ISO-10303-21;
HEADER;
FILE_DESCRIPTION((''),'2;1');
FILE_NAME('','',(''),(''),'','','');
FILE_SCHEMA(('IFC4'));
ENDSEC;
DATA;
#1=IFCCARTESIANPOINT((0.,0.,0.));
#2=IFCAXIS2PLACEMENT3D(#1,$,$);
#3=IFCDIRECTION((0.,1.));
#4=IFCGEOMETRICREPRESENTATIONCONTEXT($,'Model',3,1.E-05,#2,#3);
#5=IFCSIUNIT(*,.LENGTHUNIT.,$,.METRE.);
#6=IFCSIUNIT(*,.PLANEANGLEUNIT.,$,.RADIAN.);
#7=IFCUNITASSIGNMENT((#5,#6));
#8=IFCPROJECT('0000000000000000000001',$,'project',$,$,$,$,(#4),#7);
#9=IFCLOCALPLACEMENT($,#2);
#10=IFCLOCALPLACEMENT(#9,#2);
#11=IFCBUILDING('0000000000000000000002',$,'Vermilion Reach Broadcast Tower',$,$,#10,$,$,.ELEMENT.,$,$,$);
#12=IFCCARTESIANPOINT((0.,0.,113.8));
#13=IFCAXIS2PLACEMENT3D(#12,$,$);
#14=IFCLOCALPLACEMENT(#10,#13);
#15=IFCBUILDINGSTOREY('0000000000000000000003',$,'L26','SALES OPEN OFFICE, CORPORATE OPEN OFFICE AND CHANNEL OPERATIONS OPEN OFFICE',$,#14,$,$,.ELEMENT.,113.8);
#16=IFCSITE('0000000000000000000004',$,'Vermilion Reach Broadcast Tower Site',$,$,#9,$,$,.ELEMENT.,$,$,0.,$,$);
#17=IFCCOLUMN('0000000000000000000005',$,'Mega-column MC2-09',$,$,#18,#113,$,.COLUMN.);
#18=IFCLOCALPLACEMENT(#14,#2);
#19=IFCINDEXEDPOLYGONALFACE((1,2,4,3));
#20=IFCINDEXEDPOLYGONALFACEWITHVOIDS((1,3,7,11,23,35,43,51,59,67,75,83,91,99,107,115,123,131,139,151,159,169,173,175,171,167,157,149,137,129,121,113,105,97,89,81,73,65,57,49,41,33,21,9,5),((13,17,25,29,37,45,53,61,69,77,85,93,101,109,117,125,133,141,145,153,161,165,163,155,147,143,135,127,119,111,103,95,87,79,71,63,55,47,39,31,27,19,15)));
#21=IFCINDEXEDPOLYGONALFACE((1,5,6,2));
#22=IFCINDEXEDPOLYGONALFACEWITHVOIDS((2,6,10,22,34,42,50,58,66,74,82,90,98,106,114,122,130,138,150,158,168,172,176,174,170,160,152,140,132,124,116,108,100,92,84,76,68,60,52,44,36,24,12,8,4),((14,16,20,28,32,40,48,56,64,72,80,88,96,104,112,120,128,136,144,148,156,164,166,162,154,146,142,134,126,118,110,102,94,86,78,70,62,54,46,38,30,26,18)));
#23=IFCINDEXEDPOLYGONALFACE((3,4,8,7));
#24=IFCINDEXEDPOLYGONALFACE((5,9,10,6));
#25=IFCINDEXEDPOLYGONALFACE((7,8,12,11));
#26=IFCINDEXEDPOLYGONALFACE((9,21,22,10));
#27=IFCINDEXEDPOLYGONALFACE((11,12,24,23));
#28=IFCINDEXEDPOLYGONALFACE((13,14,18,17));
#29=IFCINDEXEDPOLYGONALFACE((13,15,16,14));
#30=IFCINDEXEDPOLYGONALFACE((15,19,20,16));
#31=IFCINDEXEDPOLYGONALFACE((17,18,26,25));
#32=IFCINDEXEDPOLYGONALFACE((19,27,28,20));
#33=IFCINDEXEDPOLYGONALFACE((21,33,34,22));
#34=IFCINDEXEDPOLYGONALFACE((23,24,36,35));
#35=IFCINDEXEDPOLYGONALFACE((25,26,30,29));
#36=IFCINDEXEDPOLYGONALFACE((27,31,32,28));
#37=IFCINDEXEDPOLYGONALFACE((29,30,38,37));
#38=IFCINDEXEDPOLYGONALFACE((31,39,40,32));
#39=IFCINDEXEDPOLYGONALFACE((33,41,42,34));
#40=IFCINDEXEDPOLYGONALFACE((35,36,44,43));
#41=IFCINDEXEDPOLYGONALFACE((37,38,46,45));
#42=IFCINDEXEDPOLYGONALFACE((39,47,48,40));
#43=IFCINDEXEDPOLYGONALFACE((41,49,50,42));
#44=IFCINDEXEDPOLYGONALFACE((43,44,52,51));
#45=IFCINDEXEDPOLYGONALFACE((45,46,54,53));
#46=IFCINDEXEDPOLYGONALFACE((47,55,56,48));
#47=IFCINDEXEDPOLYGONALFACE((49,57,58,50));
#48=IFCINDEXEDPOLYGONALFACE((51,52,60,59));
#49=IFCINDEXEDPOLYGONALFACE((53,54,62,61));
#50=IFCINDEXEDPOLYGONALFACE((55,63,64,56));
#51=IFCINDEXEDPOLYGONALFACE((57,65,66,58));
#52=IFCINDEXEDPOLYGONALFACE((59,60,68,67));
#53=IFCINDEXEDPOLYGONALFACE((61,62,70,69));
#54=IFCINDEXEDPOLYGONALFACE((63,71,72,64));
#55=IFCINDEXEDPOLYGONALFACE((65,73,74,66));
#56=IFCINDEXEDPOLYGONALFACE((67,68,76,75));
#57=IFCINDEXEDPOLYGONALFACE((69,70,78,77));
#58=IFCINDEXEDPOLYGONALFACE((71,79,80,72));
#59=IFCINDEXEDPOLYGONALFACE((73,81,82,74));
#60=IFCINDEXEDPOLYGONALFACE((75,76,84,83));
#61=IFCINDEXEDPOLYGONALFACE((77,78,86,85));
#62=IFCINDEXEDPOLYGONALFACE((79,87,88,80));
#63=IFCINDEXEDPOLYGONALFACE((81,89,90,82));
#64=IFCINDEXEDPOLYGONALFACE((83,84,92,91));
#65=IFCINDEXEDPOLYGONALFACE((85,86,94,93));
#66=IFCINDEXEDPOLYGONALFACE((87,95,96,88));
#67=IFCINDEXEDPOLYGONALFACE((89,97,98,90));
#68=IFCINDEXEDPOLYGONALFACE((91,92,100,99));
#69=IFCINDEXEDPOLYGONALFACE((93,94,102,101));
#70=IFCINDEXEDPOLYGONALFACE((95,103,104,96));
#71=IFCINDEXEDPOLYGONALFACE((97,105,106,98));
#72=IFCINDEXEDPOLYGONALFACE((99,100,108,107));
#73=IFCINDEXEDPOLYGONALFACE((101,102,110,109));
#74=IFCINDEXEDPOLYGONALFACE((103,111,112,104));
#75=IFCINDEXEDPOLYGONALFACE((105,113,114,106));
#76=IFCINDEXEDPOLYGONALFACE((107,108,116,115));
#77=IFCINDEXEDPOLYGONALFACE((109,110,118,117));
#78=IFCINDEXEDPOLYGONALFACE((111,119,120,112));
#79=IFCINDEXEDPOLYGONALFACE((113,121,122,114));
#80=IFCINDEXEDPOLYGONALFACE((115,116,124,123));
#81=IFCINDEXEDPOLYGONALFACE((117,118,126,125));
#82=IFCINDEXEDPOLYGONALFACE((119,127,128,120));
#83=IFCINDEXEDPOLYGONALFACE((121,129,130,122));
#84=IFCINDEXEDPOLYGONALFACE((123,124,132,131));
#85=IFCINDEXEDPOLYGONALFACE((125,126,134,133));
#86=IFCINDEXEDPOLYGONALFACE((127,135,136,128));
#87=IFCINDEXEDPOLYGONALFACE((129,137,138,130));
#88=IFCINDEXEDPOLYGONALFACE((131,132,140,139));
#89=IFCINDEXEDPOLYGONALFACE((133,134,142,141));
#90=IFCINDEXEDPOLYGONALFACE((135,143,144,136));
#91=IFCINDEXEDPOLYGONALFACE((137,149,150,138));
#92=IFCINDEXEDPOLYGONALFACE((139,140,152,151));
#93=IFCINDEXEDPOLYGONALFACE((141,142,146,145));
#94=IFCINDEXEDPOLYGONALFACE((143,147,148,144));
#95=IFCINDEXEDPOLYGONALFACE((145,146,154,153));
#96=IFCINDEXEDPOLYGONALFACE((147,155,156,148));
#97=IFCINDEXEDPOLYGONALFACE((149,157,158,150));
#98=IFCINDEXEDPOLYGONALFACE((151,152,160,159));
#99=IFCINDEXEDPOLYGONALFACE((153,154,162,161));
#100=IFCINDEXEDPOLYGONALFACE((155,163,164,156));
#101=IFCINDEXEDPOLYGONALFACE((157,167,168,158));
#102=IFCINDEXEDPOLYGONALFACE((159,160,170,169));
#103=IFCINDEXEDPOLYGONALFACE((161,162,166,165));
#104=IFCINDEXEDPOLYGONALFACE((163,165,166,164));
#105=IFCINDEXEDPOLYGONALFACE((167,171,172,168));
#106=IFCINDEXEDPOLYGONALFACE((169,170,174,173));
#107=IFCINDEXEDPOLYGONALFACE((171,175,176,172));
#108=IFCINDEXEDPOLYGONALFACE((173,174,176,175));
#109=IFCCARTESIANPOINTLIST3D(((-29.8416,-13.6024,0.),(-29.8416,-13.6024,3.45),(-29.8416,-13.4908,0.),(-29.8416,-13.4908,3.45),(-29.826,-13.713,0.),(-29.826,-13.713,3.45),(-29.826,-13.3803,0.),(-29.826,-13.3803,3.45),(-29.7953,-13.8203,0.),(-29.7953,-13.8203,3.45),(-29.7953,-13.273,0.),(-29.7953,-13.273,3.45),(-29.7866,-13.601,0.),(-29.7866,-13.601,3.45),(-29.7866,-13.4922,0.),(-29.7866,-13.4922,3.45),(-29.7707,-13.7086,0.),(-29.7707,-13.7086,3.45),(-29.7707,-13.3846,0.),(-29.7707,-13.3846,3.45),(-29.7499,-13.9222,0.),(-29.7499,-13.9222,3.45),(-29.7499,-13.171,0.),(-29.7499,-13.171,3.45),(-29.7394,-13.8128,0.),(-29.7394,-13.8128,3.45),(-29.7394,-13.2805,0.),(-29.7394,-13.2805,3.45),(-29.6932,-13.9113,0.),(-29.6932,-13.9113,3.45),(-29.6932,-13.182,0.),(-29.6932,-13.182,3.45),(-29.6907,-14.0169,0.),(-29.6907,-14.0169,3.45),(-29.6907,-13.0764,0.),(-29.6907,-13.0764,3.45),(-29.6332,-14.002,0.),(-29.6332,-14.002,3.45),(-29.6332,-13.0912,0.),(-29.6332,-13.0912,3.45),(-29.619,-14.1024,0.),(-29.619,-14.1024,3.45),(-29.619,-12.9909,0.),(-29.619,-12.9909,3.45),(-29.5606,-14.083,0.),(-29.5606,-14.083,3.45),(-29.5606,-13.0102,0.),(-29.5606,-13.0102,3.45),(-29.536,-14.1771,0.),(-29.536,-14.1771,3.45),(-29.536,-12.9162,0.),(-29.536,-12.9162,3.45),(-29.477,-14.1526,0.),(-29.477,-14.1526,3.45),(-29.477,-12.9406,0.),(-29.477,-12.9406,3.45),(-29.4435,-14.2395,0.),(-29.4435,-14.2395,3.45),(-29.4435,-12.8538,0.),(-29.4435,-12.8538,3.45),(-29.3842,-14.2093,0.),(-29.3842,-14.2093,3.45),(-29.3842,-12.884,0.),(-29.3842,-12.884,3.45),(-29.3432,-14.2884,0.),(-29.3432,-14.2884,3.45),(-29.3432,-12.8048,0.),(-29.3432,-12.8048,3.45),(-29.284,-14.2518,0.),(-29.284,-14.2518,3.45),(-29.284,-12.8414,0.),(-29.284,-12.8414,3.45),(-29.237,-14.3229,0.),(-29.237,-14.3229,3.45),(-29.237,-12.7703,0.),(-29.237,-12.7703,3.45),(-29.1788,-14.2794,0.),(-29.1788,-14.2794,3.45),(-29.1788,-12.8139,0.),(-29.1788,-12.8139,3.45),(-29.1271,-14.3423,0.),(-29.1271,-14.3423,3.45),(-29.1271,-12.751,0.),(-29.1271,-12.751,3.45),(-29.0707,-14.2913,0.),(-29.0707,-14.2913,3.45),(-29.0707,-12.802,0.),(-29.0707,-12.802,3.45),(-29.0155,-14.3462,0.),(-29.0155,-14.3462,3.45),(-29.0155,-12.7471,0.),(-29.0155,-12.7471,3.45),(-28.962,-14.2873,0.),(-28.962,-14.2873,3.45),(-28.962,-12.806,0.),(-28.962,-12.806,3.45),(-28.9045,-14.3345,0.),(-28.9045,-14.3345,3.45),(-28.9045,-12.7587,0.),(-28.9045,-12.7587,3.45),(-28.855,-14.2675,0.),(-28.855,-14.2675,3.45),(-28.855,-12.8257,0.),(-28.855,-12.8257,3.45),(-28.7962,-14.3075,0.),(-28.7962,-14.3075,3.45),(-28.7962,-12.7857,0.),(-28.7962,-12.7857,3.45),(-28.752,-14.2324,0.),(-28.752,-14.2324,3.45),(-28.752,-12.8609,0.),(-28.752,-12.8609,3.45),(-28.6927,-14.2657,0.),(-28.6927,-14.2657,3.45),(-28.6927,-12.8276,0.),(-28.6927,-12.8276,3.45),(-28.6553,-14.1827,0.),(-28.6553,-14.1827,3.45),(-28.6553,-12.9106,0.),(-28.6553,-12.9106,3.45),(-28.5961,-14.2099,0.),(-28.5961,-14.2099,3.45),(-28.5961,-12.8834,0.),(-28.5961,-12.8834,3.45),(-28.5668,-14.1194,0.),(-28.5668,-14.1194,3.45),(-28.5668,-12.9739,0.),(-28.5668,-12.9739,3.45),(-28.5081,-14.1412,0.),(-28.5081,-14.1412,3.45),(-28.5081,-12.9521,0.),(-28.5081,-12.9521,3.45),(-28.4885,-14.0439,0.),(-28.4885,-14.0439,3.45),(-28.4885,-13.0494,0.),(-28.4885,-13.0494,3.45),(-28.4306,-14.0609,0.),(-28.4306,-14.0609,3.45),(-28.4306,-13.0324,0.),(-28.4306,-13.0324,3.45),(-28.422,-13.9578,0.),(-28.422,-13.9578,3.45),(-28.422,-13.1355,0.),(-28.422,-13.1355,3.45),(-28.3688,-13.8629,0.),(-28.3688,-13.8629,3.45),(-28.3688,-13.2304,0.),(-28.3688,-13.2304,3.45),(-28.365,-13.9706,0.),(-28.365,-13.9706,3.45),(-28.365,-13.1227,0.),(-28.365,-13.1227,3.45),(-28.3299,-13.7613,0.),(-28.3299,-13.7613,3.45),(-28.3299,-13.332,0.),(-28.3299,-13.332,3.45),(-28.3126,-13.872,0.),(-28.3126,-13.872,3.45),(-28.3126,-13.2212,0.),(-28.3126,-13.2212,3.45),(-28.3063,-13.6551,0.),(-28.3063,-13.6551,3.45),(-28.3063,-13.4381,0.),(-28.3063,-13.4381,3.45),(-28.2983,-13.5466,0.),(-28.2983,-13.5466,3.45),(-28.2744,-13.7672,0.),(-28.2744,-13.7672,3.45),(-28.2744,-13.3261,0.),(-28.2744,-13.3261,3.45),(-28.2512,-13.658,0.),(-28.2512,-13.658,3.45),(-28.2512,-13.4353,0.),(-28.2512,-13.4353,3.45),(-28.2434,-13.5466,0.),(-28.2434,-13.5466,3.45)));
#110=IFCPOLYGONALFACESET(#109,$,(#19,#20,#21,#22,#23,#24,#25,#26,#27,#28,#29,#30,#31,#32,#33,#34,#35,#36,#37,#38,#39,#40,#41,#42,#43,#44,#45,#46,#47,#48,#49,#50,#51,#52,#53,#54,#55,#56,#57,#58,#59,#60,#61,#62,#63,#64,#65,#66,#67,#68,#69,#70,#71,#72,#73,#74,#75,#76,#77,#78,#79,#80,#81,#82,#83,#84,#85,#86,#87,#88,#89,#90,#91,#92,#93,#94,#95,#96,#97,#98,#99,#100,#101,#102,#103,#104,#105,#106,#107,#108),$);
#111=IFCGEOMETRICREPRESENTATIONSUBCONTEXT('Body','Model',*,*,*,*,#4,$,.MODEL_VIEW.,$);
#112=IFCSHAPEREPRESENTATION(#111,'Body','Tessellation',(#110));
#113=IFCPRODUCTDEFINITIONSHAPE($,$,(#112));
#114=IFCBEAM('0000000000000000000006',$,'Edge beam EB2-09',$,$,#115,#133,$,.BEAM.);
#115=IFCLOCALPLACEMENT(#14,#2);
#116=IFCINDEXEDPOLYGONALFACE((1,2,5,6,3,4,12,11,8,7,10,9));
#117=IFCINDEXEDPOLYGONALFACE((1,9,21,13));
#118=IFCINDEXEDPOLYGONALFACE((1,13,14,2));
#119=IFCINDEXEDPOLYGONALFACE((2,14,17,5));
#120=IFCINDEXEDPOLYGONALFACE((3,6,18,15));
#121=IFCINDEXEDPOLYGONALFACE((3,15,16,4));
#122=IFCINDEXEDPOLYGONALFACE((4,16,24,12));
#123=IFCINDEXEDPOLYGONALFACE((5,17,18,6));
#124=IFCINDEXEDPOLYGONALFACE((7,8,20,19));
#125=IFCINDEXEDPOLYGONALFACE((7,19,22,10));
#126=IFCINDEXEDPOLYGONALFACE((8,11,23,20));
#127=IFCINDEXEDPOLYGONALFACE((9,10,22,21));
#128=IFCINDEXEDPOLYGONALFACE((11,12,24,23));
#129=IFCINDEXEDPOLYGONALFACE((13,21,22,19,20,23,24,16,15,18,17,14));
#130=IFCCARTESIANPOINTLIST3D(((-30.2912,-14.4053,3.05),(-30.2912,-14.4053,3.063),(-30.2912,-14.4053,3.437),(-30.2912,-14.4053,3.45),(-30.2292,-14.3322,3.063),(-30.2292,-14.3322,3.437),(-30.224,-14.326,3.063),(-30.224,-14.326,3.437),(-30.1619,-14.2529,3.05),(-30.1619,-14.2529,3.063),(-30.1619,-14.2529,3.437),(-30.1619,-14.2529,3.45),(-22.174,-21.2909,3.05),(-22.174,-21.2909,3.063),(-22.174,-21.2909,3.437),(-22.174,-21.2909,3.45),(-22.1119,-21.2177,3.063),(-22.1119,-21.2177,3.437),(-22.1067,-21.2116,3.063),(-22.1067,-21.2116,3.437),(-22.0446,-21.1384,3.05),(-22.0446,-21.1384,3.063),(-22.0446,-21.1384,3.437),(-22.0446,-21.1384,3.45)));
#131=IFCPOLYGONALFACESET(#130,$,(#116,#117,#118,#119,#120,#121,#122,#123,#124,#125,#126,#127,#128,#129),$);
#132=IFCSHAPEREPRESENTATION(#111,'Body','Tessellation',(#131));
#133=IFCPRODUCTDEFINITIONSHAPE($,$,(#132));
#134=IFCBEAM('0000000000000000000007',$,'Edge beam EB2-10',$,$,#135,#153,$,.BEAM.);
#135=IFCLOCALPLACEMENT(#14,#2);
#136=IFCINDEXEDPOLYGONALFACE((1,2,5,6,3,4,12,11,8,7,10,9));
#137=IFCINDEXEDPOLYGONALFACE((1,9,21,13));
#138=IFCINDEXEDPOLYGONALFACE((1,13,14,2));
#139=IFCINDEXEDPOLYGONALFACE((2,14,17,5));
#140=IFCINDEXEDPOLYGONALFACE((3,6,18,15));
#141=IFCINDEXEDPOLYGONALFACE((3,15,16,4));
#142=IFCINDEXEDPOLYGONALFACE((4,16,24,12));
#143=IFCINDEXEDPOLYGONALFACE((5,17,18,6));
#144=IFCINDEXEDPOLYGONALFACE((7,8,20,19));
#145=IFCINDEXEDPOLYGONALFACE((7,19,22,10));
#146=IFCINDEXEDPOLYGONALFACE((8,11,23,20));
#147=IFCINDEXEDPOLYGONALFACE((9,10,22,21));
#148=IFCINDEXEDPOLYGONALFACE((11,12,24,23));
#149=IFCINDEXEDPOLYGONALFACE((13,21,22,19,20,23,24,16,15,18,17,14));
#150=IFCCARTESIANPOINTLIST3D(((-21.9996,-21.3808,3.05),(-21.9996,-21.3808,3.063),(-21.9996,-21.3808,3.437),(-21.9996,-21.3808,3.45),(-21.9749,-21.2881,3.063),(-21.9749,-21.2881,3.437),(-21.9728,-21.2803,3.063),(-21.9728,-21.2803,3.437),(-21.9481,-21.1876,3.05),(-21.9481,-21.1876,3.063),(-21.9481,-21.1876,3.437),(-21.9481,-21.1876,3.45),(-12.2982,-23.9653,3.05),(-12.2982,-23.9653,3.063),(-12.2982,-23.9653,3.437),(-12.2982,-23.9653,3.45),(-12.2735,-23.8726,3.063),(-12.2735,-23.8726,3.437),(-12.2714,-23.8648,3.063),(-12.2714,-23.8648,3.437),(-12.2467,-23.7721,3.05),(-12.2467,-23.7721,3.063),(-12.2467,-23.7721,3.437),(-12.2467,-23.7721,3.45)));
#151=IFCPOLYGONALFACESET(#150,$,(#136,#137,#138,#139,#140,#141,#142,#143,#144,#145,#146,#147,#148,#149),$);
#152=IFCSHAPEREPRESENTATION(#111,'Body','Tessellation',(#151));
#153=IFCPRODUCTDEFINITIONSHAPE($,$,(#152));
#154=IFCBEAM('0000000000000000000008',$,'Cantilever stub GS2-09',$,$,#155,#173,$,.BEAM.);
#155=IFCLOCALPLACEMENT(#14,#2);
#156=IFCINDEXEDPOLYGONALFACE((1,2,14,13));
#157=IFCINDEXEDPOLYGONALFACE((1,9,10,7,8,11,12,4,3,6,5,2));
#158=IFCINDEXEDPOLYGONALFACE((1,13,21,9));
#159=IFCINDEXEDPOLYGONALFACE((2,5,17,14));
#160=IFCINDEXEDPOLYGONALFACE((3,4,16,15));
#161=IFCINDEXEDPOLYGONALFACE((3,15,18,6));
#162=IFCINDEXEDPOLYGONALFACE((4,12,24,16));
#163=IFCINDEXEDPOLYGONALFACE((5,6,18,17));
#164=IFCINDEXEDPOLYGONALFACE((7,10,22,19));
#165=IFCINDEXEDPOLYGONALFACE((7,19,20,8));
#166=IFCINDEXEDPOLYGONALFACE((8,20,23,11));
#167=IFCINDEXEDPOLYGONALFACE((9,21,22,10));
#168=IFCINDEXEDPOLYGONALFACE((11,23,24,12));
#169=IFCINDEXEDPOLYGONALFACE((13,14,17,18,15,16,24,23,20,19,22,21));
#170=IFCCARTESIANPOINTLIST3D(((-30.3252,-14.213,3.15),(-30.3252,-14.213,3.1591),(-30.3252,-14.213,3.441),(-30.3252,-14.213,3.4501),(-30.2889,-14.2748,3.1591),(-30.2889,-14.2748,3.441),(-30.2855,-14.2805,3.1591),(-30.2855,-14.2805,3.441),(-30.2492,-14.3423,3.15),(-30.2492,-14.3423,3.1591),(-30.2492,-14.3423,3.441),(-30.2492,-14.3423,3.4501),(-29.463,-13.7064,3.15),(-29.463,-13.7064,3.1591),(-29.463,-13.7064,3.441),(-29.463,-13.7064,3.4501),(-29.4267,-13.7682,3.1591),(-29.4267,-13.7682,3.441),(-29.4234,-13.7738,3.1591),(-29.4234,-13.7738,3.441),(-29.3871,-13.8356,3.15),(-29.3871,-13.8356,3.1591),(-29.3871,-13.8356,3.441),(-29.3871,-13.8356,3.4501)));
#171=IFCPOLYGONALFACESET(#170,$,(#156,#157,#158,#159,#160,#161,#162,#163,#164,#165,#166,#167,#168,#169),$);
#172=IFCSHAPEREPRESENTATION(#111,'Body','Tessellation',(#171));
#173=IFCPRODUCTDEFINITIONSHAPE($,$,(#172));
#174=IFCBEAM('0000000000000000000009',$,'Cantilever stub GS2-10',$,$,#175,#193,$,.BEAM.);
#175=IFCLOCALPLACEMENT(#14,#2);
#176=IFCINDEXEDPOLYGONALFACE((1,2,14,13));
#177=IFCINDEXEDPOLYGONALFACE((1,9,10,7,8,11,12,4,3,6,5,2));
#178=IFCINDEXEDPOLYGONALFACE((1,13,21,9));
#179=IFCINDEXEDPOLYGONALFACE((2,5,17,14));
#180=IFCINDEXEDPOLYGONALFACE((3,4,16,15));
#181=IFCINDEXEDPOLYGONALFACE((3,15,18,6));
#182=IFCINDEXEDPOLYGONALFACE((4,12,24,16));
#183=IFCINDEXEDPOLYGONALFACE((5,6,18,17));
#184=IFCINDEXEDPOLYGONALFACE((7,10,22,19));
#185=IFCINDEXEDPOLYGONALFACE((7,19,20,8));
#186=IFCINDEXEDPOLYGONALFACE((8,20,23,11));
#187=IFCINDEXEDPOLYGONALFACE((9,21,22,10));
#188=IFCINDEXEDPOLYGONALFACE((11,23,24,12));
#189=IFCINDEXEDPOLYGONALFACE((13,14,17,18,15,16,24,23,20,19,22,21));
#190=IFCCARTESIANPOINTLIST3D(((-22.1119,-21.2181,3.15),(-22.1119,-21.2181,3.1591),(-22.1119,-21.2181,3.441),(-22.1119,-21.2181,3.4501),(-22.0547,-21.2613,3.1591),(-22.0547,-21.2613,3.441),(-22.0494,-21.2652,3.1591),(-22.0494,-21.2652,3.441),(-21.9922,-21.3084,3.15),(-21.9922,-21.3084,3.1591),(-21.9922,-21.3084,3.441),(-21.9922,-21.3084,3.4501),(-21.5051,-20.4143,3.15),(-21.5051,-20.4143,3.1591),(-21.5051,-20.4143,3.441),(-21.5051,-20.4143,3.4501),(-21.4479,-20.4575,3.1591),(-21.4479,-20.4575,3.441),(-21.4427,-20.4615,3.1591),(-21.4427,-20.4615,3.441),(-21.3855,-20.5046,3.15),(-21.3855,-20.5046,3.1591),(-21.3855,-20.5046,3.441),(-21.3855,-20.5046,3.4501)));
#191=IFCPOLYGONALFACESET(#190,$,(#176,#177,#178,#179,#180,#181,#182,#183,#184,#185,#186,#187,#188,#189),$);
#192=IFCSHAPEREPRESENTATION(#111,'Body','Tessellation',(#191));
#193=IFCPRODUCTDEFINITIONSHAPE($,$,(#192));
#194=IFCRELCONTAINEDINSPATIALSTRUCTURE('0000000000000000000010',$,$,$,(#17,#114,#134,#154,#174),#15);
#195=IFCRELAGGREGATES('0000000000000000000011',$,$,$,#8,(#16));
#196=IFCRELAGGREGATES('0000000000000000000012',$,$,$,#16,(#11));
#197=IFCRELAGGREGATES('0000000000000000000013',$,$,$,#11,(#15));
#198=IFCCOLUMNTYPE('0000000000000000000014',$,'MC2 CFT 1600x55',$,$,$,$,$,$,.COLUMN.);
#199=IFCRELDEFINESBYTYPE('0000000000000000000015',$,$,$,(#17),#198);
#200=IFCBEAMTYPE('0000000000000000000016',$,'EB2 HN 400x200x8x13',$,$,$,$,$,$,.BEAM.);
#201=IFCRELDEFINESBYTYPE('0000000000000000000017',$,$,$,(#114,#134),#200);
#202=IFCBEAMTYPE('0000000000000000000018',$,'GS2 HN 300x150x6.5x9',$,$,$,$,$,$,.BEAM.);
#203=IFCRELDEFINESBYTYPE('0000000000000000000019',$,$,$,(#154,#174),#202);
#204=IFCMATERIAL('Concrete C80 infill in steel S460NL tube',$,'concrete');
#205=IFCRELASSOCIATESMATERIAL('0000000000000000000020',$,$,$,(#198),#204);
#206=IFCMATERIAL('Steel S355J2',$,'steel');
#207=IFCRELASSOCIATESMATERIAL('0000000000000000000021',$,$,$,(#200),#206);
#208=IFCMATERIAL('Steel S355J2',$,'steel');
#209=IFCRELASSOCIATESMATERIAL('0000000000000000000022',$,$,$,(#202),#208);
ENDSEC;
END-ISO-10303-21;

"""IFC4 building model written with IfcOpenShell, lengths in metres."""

from ifc_helpers import new_model, si_unit, direction, frame, origin, origin_2d, place, context, subcontext, project, spatial, hollow_circle, i_section, extrude, material, material_profile, profile_set, type_object, element, save


model = new_model("IFC4")

# Units and contexts
model_context = context("Model", 3, precision=1e-05, world=origin(), true_north=direction((0.0, 1.0)))
body_context = subcontext(model_context, "Body", "Model", "MODEL_VIEW")
ifc_project = project(units=[si_unit("LENGTHUNIT", "METRE"), si_unit("PLANEANGLEUNIT", "RADIAN")], contexts=[model_context])

# Site, building, storey
site_placement = place(None, origin())
site = spatial("IfcSite", under=ifc_project, at=site_placement, Name="Vermilion Reach Broadcast Tower Site", CompositionType="ELEMENT", RefElevation=0.0)
building_placement = place(site_placement, origin())
building = spatial("IfcBuilding", under=site, at=building_placement, Name="Vermilion Reach Broadcast Tower", CompositionType="ELEMENT")
storey_placement = place(building_placement, frame((0.0, 0.0, 113.8)))
storey = spatial("IfcBuildingStorey", under=building, at=storey_placement, Name="L26", Description="SALES OPEN OFFICE, CORPORATE OPEN OFFICE AND CHANNEL OPERATIONS OPEN OFFICE", CompositionType="ELEMENT", Elevation=113.8)

# Column
ifc_material_1 = material(Name="Concrete C80 infill in steel S460NL tube", Category="concrete")
ifc_material_profile_1 = material_profile(ifc_material_1, hollow_circle(Radius=0.8, WallThickness=0.0549, at=origin_2d()), Name="Concrete C80 infill in steel S460NL tube CFT 1600x55")
ifc_profile_set_1 = profile_set([ifc_material_profile_1], Name="Concrete C80 infill in steel S460NL tube")
column_type = type_object("IfcColumnType", Name="MC2 CFT 1600x55", PredefinedType="COLUMN", material=ifc_profile_set_1)
column_placement = place(storey_placement, frame((-29.0435, -13.5466, 0.0), z_axis=(0.0, 0.0, 1.0), x_axis=(1.0, 0.0, 0.0)))
element("IfcColumn", 1, at=column_placement, inside=storey, type_object=column_type, Name="Mega-column MC2-09", PredefinedType="COLUMN", context=body_context, shape_type="SweptSolid", body=[
    extrude(hollow_circle(Radius=0.8, WallThickness=0.0549, at=origin_2d()), origin(), (0.0, 0.0, 1.0), 3.45),
])

# Beams
ifc_material_2 = material(Name="Steel S355J2", Category="steel")
ifc_material_profile_2 = material_profile(ifc_material_2, i_section(OverallWidth=0.2, OverallDepth=0.3999, WebThickness=0.0081, FlangeThickness=0.0129, at=origin_2d()), Name="S355J2 HN 400x200x8x13")
ifc_profile_set_2 = profile_set([ifc_material_profile_2], Name="Steel S355J2")
beam_type_1 = type_object("IfcBeamType", Name="EB2 HN 400x200x8x13", PredefinedType="BEAM", material=ifc_profile_set_2)
beam_1_placement = place(storey_placement, frame((-30.2266, -14.3291, 3.25), z_axis=(0.762593, -0.646878, 0.0), x_axis=(0.646878, 0.762593, 0.0)))
element("IfcBeam", 2, at=beam_1_placement, inside=storey, type_object=beam_type_1, Name="Edge beam EB2-09", PredefinedType="BEAM", context=body_context, shape_type="SweptSolid", body=[
    extrude(i_section(OverallWidth=0.2, OverallDepth=0.3999, WebThickness=0.0081, FlangeThickness=0.0129, at=origin_2d()), origin(), (0.0, 0.0, 1.0), 10.6443),
])
beam_2_placement = place(storey_placement, frame((-21.9739, -21.2842, 3.25), z_axis=(0.966299, -0.257424, 0.0), x_axis=(0.257424, 0.966299, 0.0)))
element("IfcBeam", 3, at=beam_2_placement, inside=storey, type_object=beam_type_1, Name="Edge beam EB2-10", PredefinedType="BEAM", context=body_context, shape_type="SweptSolid", body=[
    extrude(i_section(OverallWidth=0.2, OverallDepth=0.3999, WebThickness=0.0081, FlangeThickness=0.0129, at=origin_2d()), origin(), (0.0, 0.0, 1.0), 10.0398),
])
ifc_material_3 = material(Name="Steel S355J2", Category="steel")
ifc_material_profile_3 = material_profile(ifc_material_3, i_section(OverallWidth=0.1499, OverallDepth=0.3, WebThickness=0.0066, FlangeThickness=0.009, at=origin_2d()), Name="S355J2 HN 300x150x6.5x9")
ifc_profile_set_3 = profile_set([ifc_material_profile_3], Name="Steel S355J2")
beam_type_2 = type_object("IfcBeamType", Name="GS2 HN 300x150x6.5x9", PredefinedType="BEAM", material=ifc_profile_set_3)
beam_3_placement = place(storey_placement, frame((-29.425, -13.771, 3.3), z_axis=(-0.862154, -0.506647, 0.0), x_axis=(0.506647, -0.862154, 0.0)))
element("IfcBeam", 4, at=beam_3_placement, inside=storey, type_object=beam_type_2, Name="Cantilever stub GS2-09", PredefinedType="BEAM", context=body_context, shape_type="SweptSolid", body=[
    extrude(i_section(OverallWidth=0.1499, OverallDepth=0.3, WebThickness=0.0066, FlangeThickness=0.009, at=origin_2d()), origin(), (0.0, 0.0, 1.0), 1.0),
])
beam_4_placement = place(storey_placement, frame((-21.4453, -20.4595, 3.3), z_axis=(-0.60248, -0.798134, 0.0), x_axis=(0.798134, -0.60248, 0.0)))
element("IfcBeam", 5, at=beam_4_placement, inside=storey, type_object=beam_type_2, Name="Cantilever stub GS2-10", PredefinedType="BEAM", context=body_context, shape_type="SweptSolid", body=[
    extrude(i_section(OverallWidth=0.1499, OverallDepth=0.3, WebThickness=0.0066, FlangeThickness=0.009, at=origin_2d()), origin(), (0.0, 0.0, 1.0), 1.0071),
])

save(model, "model.ifc")
